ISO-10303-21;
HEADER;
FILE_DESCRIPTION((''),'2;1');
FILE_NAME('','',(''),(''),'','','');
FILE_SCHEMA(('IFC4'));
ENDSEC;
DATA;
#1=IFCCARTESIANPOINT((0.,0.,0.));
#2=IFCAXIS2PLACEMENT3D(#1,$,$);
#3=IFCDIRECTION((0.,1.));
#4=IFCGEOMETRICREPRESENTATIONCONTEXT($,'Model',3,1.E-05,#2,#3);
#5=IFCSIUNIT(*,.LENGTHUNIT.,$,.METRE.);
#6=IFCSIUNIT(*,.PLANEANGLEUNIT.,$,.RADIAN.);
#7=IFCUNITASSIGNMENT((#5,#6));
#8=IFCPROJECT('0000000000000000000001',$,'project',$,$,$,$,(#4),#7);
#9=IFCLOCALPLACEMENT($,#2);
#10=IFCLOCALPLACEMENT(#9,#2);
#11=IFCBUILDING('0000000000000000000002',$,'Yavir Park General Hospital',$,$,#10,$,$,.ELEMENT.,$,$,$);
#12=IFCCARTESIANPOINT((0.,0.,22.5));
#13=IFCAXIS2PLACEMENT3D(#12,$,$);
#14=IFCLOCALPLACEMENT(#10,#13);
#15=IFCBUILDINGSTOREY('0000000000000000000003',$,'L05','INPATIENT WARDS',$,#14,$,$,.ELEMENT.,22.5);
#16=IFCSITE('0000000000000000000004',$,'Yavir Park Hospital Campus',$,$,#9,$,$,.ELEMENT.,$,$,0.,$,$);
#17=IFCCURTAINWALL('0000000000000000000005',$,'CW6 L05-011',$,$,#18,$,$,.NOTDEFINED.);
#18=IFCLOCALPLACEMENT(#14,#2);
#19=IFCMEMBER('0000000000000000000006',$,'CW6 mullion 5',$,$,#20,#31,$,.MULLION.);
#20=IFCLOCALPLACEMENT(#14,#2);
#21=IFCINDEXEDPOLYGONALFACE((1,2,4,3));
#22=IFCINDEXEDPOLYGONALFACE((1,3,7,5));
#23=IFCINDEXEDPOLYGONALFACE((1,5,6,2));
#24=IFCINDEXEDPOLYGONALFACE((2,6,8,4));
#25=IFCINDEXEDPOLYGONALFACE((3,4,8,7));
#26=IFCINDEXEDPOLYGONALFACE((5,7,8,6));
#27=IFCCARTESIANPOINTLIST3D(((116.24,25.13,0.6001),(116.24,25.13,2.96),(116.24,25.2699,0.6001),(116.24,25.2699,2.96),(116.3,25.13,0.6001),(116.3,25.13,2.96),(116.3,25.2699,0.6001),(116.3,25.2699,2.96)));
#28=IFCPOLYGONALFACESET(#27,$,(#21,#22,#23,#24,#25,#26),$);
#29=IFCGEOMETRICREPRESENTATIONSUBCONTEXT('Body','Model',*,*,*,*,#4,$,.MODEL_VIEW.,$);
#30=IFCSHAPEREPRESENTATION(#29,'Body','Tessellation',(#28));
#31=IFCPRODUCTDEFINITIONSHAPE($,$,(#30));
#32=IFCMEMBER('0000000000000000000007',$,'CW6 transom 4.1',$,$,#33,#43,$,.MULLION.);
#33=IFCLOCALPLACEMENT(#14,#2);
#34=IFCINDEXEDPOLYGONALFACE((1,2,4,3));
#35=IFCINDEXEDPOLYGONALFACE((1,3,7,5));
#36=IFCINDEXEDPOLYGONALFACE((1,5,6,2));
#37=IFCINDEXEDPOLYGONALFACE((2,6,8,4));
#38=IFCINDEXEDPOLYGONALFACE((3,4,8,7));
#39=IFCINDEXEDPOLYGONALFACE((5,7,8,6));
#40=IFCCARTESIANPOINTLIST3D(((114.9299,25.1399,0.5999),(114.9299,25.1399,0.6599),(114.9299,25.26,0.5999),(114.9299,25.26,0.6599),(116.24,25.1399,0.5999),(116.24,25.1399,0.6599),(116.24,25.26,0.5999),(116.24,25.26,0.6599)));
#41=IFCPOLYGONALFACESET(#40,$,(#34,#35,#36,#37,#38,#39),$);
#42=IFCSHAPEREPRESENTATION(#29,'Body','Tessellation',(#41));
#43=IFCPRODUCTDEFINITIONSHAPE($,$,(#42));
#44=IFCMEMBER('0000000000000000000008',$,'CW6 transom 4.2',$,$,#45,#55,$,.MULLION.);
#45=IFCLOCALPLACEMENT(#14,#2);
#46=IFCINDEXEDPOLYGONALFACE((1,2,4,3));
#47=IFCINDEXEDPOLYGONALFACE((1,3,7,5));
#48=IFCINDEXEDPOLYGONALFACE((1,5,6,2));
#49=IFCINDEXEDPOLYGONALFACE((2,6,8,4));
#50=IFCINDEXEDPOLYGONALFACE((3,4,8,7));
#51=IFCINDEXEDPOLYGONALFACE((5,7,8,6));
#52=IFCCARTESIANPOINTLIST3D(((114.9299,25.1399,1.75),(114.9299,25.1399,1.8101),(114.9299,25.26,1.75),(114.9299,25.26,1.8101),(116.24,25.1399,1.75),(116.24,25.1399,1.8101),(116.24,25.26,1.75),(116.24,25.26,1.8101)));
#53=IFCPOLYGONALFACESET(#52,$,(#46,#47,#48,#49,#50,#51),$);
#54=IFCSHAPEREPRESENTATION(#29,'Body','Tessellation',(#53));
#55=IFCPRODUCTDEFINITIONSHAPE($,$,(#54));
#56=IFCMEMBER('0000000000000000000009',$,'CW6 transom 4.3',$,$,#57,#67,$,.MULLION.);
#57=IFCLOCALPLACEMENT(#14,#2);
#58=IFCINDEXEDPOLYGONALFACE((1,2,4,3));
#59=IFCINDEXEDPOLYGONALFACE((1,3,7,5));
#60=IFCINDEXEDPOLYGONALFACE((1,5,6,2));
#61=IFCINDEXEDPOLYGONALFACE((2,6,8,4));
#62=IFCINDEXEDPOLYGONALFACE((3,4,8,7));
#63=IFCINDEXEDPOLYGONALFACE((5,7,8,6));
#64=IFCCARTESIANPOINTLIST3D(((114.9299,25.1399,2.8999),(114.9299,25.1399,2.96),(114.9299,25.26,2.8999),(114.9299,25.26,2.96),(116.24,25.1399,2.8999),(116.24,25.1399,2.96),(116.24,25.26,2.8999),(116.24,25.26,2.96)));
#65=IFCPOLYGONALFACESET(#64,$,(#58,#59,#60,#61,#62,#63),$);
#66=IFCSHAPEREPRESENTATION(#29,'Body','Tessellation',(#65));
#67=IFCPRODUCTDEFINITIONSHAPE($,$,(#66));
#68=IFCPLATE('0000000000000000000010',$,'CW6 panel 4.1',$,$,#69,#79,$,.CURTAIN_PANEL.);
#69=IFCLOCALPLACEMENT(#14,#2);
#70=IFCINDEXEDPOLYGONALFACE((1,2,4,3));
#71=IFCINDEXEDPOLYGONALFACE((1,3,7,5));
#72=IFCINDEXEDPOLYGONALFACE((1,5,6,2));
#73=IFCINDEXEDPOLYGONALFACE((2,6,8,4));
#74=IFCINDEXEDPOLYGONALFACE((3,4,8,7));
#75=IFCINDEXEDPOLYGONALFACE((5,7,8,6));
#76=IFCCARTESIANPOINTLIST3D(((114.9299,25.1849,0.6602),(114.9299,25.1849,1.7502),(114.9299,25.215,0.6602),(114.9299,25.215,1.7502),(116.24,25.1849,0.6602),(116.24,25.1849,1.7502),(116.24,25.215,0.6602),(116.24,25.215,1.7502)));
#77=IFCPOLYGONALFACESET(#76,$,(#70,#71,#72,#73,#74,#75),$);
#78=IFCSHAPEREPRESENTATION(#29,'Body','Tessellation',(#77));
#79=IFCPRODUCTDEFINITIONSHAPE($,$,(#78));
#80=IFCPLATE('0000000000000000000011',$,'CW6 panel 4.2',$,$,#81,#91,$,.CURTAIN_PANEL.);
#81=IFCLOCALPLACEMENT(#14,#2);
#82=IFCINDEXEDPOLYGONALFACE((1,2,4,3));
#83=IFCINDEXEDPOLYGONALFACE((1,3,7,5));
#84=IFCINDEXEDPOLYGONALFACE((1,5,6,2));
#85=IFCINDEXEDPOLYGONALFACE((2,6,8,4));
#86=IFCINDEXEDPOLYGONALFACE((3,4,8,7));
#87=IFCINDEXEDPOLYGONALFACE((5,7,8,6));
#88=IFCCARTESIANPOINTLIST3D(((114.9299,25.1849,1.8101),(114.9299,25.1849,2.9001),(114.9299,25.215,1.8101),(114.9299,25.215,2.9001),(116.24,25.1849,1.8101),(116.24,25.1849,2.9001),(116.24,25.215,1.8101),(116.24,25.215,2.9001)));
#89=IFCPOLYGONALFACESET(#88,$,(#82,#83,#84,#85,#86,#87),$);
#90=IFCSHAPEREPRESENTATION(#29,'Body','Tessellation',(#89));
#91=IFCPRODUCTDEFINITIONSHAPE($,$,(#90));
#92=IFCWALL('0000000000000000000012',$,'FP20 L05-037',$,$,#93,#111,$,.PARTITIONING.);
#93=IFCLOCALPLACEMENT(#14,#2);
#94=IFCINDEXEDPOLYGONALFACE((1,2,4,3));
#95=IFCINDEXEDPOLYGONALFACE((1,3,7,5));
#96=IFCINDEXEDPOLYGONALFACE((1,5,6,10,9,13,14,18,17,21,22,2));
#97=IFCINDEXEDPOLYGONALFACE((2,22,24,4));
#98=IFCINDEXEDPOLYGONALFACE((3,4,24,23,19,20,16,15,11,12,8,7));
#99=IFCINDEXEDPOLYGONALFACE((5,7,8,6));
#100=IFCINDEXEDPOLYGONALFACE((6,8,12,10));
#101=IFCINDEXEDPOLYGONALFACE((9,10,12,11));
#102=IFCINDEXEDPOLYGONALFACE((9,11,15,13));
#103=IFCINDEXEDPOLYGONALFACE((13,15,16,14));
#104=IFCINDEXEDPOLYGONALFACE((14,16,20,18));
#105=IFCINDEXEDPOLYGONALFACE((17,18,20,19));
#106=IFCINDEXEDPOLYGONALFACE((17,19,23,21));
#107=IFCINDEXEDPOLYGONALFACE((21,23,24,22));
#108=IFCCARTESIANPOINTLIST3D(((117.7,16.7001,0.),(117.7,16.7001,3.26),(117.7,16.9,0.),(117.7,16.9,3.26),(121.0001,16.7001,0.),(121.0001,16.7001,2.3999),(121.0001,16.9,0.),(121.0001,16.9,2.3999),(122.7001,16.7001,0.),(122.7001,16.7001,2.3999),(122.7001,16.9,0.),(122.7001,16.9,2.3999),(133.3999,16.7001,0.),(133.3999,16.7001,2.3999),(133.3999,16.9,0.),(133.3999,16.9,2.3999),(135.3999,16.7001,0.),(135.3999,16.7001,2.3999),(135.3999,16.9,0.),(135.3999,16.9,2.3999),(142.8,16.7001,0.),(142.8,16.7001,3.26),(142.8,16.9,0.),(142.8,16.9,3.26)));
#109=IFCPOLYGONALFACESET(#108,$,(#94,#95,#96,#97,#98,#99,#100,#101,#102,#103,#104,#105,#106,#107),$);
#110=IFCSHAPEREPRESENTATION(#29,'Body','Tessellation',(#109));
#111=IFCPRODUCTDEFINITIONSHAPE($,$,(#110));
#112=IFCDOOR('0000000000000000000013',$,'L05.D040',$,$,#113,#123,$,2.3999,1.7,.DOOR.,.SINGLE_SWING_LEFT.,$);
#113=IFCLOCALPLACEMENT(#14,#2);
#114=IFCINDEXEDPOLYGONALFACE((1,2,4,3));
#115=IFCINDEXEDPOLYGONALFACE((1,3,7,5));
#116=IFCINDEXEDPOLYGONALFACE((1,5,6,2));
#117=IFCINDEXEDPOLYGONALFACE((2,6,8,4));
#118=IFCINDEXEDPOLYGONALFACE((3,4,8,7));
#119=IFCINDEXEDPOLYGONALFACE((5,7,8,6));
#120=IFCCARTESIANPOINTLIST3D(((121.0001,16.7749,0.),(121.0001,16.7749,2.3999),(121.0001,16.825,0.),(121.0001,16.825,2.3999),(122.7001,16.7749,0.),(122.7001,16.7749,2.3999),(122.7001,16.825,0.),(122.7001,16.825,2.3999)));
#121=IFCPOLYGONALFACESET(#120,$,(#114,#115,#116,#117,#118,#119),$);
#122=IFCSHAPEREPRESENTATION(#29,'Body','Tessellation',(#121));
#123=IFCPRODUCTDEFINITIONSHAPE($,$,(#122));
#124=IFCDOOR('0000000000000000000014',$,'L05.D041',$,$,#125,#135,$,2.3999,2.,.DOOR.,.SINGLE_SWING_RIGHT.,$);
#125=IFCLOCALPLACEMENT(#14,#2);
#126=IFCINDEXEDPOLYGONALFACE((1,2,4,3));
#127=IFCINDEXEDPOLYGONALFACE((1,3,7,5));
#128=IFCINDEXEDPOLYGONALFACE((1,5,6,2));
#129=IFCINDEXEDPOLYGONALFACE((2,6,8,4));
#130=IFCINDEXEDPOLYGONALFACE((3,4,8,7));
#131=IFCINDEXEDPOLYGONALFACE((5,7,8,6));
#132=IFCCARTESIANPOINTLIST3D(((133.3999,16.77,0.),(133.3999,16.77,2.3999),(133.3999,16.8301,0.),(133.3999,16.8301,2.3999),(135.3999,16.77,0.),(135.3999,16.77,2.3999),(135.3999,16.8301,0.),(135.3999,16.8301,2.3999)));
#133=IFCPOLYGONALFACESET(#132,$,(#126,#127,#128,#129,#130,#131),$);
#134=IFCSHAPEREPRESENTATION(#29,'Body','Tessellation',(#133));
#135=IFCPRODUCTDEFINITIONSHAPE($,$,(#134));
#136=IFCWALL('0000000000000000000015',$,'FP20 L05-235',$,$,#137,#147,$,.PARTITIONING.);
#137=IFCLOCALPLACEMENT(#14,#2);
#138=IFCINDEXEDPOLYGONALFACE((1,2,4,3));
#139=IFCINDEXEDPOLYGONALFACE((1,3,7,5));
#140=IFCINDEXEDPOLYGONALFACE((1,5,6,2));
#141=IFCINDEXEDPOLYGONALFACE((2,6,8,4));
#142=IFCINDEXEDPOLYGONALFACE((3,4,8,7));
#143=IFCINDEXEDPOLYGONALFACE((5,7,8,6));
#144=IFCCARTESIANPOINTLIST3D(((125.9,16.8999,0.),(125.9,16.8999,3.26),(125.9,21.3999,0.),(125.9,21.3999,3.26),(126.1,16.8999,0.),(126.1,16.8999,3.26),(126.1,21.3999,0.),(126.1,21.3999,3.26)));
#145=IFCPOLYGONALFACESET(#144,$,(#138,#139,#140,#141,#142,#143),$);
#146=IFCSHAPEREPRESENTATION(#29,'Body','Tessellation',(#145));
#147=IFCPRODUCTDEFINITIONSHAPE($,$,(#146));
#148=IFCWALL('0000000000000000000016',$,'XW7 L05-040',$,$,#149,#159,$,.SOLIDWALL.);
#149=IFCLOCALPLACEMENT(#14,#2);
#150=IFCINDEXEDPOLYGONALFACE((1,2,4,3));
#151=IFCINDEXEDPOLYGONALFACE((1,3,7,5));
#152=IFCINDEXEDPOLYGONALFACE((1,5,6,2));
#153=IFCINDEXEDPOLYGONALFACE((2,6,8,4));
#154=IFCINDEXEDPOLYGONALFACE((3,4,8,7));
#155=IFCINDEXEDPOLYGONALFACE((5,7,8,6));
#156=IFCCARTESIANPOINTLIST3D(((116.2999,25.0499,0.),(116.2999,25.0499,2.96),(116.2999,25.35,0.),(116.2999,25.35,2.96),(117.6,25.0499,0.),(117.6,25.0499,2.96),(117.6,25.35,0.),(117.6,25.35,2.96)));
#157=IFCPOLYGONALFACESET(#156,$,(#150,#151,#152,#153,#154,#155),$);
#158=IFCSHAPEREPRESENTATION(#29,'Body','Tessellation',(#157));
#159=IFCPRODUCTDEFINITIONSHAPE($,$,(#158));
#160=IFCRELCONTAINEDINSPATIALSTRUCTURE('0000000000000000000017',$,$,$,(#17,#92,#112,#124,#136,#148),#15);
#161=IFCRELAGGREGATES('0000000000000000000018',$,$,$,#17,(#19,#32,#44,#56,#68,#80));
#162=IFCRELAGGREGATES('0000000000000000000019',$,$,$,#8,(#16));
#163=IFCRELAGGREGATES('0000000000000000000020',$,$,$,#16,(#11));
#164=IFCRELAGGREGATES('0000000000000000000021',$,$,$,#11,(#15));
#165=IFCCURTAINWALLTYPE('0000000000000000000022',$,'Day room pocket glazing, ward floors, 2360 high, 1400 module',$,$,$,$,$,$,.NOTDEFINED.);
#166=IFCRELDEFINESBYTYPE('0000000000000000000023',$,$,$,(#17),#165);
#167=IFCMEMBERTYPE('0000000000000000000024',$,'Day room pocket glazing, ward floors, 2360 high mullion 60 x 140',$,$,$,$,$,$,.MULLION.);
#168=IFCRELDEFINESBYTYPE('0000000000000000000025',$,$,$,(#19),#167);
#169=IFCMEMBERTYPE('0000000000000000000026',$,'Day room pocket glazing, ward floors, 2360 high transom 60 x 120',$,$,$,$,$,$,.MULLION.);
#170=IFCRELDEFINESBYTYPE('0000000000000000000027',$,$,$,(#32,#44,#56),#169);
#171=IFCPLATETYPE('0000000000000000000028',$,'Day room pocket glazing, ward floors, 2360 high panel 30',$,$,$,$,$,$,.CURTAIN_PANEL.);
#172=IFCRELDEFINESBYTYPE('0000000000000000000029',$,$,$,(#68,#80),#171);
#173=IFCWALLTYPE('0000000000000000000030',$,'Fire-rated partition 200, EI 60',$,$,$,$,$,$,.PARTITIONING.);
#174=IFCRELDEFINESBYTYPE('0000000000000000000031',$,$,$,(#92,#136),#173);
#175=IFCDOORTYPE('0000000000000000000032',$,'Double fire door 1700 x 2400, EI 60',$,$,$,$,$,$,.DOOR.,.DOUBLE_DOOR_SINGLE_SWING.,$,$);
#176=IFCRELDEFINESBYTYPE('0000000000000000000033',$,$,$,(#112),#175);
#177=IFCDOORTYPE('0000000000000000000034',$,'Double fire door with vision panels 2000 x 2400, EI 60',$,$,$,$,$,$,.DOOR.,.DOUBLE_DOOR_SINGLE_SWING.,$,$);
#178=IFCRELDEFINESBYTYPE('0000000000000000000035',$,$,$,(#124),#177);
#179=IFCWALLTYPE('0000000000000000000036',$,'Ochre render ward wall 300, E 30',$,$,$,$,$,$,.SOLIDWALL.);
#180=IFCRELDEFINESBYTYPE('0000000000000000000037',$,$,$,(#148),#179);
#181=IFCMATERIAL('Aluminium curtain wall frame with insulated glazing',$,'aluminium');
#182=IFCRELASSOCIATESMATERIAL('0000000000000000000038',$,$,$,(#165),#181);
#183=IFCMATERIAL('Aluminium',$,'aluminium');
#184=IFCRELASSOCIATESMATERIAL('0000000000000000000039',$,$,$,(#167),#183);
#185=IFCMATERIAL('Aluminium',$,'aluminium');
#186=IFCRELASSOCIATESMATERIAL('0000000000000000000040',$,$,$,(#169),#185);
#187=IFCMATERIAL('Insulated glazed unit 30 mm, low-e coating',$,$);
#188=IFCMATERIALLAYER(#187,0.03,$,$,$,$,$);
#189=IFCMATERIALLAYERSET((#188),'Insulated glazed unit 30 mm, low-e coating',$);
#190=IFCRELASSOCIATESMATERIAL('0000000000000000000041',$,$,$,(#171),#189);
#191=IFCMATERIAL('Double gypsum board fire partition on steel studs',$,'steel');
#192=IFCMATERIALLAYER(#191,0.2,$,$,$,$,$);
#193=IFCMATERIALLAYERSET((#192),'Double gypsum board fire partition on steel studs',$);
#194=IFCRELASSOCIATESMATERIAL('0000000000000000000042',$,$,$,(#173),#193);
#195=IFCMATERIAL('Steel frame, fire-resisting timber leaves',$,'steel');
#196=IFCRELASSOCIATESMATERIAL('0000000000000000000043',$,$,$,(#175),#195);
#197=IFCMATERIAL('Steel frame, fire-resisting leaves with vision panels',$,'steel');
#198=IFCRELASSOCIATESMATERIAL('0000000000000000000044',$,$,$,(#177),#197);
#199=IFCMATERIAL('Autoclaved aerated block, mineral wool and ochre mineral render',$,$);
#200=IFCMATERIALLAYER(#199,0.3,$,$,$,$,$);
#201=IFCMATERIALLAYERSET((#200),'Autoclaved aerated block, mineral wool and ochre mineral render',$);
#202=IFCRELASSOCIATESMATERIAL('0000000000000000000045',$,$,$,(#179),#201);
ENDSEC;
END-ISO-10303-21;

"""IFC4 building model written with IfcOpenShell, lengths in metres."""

from ifc_helpers import new_model, si_unit, direction, frame, frame_2d, origin, origin_2d, place, context, subcontext, project, spatial, rectangle, extrude, material, layer, layer_set, material_profile, profile_set, type_object, element, fill, aggregate, save


model = new_model("IFC4")

# Units and contexts
model_context = context("Model", 3, precision=1e-05, world=origin(), true_north=direction((0.0, 1.0)))
body_context = subcontext(model_context, "Body", "Model", "MODEL_VIEW")
ifc_project = project(units=[si_unit("LENGTHUNIT", "METRE"), si_unit("PLANEANGLEUNIT", "RADIAN")], contexts=[model_context])

# Site, building, storey
site_placement = place(None, origin())
site = spatial("IfcSite", under=ifc_project, at=site_placement, Name="Yavir Park Hospital Campus", CompositionType="ELEMENT", RefElevation=0.0)
building_placement = place(site_placement, origin())
building = spatial("IfcBuilding", under=site, at=building_placement, Name="Yavir Park General Hospital", CompositionType="ELEMENT")
storey_placement = place(building_placement, frame((0.0, 0.0, 22.5)))
storey = spatial("IfcBuildingStorey", under=building, at=storey_placement, Name="L05", Description="INPATIENT WARDS", CompositionType="ELEMENT", Elevation=22.5)

# Curtain wall, members, plates
ifc_material_1 = material(Name="Aluminium curtain wall frame with insulated glazing", Category="aluminium")
curtain_wall_type = type_object("IfcCurtainWallType", Name="Day room pocket glazing, ward floors, 2360 high, 1400 module", PredefinedType="NOTDEFINED", material=ifc_material_1)
curtain_wall_placement = place(storey_placement, origin())
curtain_wall = element("IfcCurtainWall", 1, at=curtain_wall_placement, inside=storey, type_object=curtain_wall_type, Name="CW6 L05-011", PredefinedType="NOTDEFINED")
ifc_material_2 = material(Name="Aluminium", Category="aluminium")
ifc_material_profile_1 = material_profile(ifc_material_2, rectangle(XDim=0.1399, YDim=0.0601, at=origin_2d()), Name="AL 60x140")
ifc_profile_set_1 = profile_set([ifc_material_profile_1], Name="Aluminium")
member_type_1 = type_object("IfcMemberType", Name="Day room pocket glazing, ward floors, 2360 high mullion 60 x 140", PredefinedType="MULLION", material=ifc_profile_set_1)
member_1_placement = place(storey_placement, frame((116.27, 25.2, 0.6001), z_axis=(0.0, 0.0, 1.0), x_axis=(0.0, 1.0, 0.0)))
member_1 = element("IfcMember", 2, at=member_1_placement, type_object=member_type_1, Name="CW6 mullion 5", PredefinedType="MULLION", context=body_context, shape_type="SweptSolid", body=[
    extrude(rectangle(XDim=0.1399, YDim=0.0601, at=origin_2d()), origin(), (0.0, 0.0, 1.0), 2.3599),
])
ifc_material_3 = material(Name="Aluminium", Category="aluminium")
ifc_material_profile_2 = material_profile(ifc_material_3, rectangle(XDim=0.1201, YDim=0.0601, at=origin_2d()), Name="AL 120x60")
ifc_profile_set_2 = profile_set([ifc_material_profile_2], Name="Aluminium")
member_type_2 = type_object("IfcMemberType", Name="Day room pocket glazing, ward floors, 2360 high transom 60 x 120", PredefinedType="MULLION", material=ifc_profile_set_2)
member_2_placement = place(storey_placement, frame((114.9299, 25.2, 0.6299), z_axis=(1.0, 0.0, 0.0), x_axis=(0.0, 1.0, 0.0)))
member_2 = element("IfcMember", 3, at=member_2_placement, type_object=member_type_2, Name="CW6 transom 4.1", PredefinedType="MULLION", context=body_context, shape_type="SweptSolid", body=[
    extrude(rectangle(XDim=0.1201, YDim=0.0601, at=origin_2d()), origin(), (0.0, 0.0, 1.0), 1.3101),
])
member_3_placement = place(storey_placement, frame((114.9299, 25.2, 1.78), z_axis=(1.0, 0.0, 0.0), x_axis=(0.0, 1.0, 0.0)))
member_3 = element("IfcMember", 4, at=member_3_placement, type_object=member_type_2, Name="CW6 transom 4.2", PredefinedType="MULLION", context=body_context, shape_type="SweptSolid", body=[
    extrude(rectangle(XDim=0.1201, YDim=0.0601, at=origin_2d()), origin(), (0.0, 0.0, 1.0), 1.3101),
])
member_4_placement = place(storey_placement, frame((114.9299, 25.2, 2.9299), z_axis=(1.0, 0.0, 0.0), x_axis=(0.0, 1.0, 0.0)))
member_4 = element("IfcMember", 5, at=member_4_placement, type_object=member_type_2, Name="CW6 transom 4.3", PredefinedType="MULLION", context=body_context, shape_type="SweptSolid", body=[
    extrude(rectangle(XDim=0.1201, YDim=0.0601, at=origin_2d()), origin(), (0.0, 0.0, 1.0), 1.3101),
])
ifc_material_4 = material(Name="Insulated glazed unit 30 mm, low-e coating")
ifc_layer_1 = layer(ifc_material_4, 0.03)
ifc_layer_set_1 = layer_set([ifc_layer_1], Name="Insulated glazed unit 30 mm, low-e coating")
plate_type = type_object("IfcPlateType", Name="Day room pocket glazing, ward floors, 2360 high panel 30", PredefinedType="CURTAIN_PANEL", material=ifc_layer_set_1)
plate_1_placement = place(storey_placement, frame((115.585, 25.2, 0.6602), z_axis=(0.0, 0.0, 1.0), x_axis=(1.0, 0.0, 0.0)))
plate_1 = element("IfcPlate", 6, at=plate_1_placement, type_object=plate_type, Name="CW6 panel 4.1", PredefinedType="CURTAIN_PANEL", context=body_context, shape_type="SweptSolid", body=[
    extrude(rectangle(XDim=1.3101, YDim=0.03, at=origin_2d()), origin(), (0.0, 0.0, 1.0), 1.0901),
])
plate_2_placement = place(storey_placement, frame((115.585, 25.2, 1.8101), z_axis=(0.0, 0.0, 1.0), x_axis=(1.0, 0.0, 0.0)))
plate_2 = element("IfcPlate", 7, at=plate_2_placement, type_object=plate_type, Name="CW6 panel 4.2", PredefinedType="CURTAIN_PANEL", context=body_context, shape_type="SweptSolid", body=[
    extrude(rectangle(XDim=1.3101, YDim=0.03, at=origin_2d()), origin(), (0.0, 0.0, 1.0), 1.0901),
])
aggregate(curtain_wall, [member_1, member_2, member_3, member_4, plate_1, plate_2])

# Wall, openings, doors
ifc_material_5 = material(Name="Double gypsum board fire partition on steel studs", Category="steel")
ifc_layer_2 = layer(ifc_material_5, 0.2)
ifc_layer_set_2 = layer_set([ifc_layer_2], Name="Double gypsum board fire partition on steel studs")
wall_type_1 = type_object("IfcWallType", Name="Fire-rated partition 200, EI 60", PredefinedType="PARTITIONING", material=ifc_layer_set_2)
wall_1_placement = place(storey_placement, frame((117.7, 16.8, 0.0), z_axis=(0.0, 0.0, 1.0), x_axis=(1.0, 0.0, 0.0)))
wall_1 = element("IfcWall", 8, at=wall_1_placement, inside=storey, type_object=wall_type_1, Name="FP20 L05-037", PredefinedType="PARTITIONING", context=body_context, shape_type="SweptSolid", body=[
    extrude(rectangle(XDim=25.1001, YDim=0.2, at=frame_2d((12.55, 0.0))), origin(), (0.0, 0.0, 1.0), 3.26),
])
opening_1_placement = place(wall_1_placement, frame((3.3, 0.0, 0.0)))
opening_1 = element("IfcOpeningElement", 9, at=opening_1_placement, cuts=wall_1, PredefinedType="OPENING", context=body_context, shape_type="SweptSolid", body=[
    extrude(rectangle(XDim=1.7, YDim=2.3999, at=frame_2d((0.8501, 1.2))), frame((0.0, 0.1099, 0.0), z_axis=(0.0, -1.0, 0.0), x_axis=(1.0, 0.0, 0.0)), (0.0, 0.0, 1.0), 0.22),
])
opening_2_placement = place(wall_1_placement, frame((15.7, 0.0, 0.0)))
opening_2 = element("IfcOpeningElement", 10, at=opening_2_placement, cuts=wall_1, PredefinedType="OPENING", context=body_context, shape_type="SweptSolid", body=[
    extrude(rectangle(XDim=2.0, YDim=2.3999, at=frame_2d((1.0, 1.2))), frame((0.0, 0.1099, 0.0), z_axis=(0.0, -1.0, 0.0), x_axis=(1.0, 0.0, 0.0)), (0.0, 0.0, 1.0), 0.22),
])
ifc_material_6 = material(Name="Steel frame, fire-resisting timber leaves", Category="steel")
door_type_1 = type_object("IfcDoorType", Name="Double fire door 1700 x 2400, EI 60", OperationType="DOUBLE_DOOR_SINGLE_SWING", PredefinedType="DOOR", material=ifc_material_6)
door_1_placement = place(opening_1_placement, origin())
door_1 = element("IfcDoor", 11, at=door_1_placement, inside=storey, type_object=door_type_1, Name="L05.D040", OperationType="SINGLE_SWING_LEFT", OverallHeight=2.3999, OverallWidth=1.7, PredefinedType="DOOR", context=body_context, shape_type="SweptSolid", body=[
    extrude(rectangle(XDim=1.7, YDim=2.3999, at=frame_2d((0.8501, 1.2))), frame((0.0, 0.0249, 0.0), z_axis=(0.0, -1.0, 0.0), x_axis=(1.0, 0.0, 0.0)), (0.0, 0.0, 1.0), 0.05),
])
fill(opening_1, door_1)
ifc_material_7 = material(Name="Steel frame, fire-resisting leaves with vision panels", Category="steel")
door_type_2 = type_object("IfcDoorType", Name="Double fire door with vision panels 2000 x 2400, EI 60", OperationType="DOUBLE_DOOR_SINGLE_SWING", PredefinedType="DOOR", material=ifc_material_7)
door_2_placement = place(opening_2_placement, origin())
door_2 = element("IfcDoor", 12, at=door_2_placement, inside=storey, type_object=door_type_2, Name="L05.D041", OperationType="SINGLE_SWING_RIGHT", OverallHeight=2.3999, OverallWidth=2.0, PredefinedType="DOOR", context=body_context, shape_type="SweptSolid", body=[
    extrude(rectangle(XDim=2.0, YDim=2.3999, at=frame_2d((1.0, 1.2))), frame((0.0, 0.03, 0.0), z_axis=(0.0, -1.0, 0.0), x_axis=(1.0, 0.0, 0.0)), (0.0, 0.0, 1.0), 0.0601),
])
fill(opening_2, door_2)

# Walls
wall_2_placement = place(storey_placement, frame((126.0, 16.8999, 0.0), z_axis=(0.0, 0.0, 1.0), x_axis=(0.0, 1.0, 0.0)))
element("IfcWall", 13, at=wall_2_placement, inside=storey, type_object=wall_type_1, Name="FP20 L05-235", PredefinedType="PARTITIONING", context=body_context, shape_type="SweptSolid", body=[
    extrude(rectangle(XDim=4.5, YDim=0.2, at=frame_2d((2.25, 0.0))), origin(), (0.0, 0.0, 1.0), 3.26),
])
ifc_material_8 = material(Name="Autoclaved aerated block, mineral wool and ochre mineral render")
ifc_layer_3 = layer(ifc_material_8, 0.3)
ifc_layer_set_3 = layer_set([ifc_layer_3], Name="Autoclaved aerated block, mineral wool and ochre mineral render")
wall_type_2 = type_object("IfcWallType", Name="Ochre render ward wall 300, E 30", PredefinedType="SOLIDWALL", material=ifc_layer_set_3)
wall_3_placement = place(storey_placement, frame((116.3, 25.2, 0.0), z_axis=(0.0, 0.0, 1.0), x_axis=(1.0, 0.0, 0.0)))
element("IfcWall", 14, at=wall_3_placement, inside=storey, type_object=wall_type_2, Name="XW7 L05-040", PredefinedType="SOLIDWALL", context=body_context, shape_type="SweptSolid", body=[
    extrude(rectangle(XDim=1.3, YDim=0.3, at=frame_2d((0.6499, 0.0))), origin(), (0.0, 0.0, 1.0), 2.96),
])

save(model, "model.ifc")
